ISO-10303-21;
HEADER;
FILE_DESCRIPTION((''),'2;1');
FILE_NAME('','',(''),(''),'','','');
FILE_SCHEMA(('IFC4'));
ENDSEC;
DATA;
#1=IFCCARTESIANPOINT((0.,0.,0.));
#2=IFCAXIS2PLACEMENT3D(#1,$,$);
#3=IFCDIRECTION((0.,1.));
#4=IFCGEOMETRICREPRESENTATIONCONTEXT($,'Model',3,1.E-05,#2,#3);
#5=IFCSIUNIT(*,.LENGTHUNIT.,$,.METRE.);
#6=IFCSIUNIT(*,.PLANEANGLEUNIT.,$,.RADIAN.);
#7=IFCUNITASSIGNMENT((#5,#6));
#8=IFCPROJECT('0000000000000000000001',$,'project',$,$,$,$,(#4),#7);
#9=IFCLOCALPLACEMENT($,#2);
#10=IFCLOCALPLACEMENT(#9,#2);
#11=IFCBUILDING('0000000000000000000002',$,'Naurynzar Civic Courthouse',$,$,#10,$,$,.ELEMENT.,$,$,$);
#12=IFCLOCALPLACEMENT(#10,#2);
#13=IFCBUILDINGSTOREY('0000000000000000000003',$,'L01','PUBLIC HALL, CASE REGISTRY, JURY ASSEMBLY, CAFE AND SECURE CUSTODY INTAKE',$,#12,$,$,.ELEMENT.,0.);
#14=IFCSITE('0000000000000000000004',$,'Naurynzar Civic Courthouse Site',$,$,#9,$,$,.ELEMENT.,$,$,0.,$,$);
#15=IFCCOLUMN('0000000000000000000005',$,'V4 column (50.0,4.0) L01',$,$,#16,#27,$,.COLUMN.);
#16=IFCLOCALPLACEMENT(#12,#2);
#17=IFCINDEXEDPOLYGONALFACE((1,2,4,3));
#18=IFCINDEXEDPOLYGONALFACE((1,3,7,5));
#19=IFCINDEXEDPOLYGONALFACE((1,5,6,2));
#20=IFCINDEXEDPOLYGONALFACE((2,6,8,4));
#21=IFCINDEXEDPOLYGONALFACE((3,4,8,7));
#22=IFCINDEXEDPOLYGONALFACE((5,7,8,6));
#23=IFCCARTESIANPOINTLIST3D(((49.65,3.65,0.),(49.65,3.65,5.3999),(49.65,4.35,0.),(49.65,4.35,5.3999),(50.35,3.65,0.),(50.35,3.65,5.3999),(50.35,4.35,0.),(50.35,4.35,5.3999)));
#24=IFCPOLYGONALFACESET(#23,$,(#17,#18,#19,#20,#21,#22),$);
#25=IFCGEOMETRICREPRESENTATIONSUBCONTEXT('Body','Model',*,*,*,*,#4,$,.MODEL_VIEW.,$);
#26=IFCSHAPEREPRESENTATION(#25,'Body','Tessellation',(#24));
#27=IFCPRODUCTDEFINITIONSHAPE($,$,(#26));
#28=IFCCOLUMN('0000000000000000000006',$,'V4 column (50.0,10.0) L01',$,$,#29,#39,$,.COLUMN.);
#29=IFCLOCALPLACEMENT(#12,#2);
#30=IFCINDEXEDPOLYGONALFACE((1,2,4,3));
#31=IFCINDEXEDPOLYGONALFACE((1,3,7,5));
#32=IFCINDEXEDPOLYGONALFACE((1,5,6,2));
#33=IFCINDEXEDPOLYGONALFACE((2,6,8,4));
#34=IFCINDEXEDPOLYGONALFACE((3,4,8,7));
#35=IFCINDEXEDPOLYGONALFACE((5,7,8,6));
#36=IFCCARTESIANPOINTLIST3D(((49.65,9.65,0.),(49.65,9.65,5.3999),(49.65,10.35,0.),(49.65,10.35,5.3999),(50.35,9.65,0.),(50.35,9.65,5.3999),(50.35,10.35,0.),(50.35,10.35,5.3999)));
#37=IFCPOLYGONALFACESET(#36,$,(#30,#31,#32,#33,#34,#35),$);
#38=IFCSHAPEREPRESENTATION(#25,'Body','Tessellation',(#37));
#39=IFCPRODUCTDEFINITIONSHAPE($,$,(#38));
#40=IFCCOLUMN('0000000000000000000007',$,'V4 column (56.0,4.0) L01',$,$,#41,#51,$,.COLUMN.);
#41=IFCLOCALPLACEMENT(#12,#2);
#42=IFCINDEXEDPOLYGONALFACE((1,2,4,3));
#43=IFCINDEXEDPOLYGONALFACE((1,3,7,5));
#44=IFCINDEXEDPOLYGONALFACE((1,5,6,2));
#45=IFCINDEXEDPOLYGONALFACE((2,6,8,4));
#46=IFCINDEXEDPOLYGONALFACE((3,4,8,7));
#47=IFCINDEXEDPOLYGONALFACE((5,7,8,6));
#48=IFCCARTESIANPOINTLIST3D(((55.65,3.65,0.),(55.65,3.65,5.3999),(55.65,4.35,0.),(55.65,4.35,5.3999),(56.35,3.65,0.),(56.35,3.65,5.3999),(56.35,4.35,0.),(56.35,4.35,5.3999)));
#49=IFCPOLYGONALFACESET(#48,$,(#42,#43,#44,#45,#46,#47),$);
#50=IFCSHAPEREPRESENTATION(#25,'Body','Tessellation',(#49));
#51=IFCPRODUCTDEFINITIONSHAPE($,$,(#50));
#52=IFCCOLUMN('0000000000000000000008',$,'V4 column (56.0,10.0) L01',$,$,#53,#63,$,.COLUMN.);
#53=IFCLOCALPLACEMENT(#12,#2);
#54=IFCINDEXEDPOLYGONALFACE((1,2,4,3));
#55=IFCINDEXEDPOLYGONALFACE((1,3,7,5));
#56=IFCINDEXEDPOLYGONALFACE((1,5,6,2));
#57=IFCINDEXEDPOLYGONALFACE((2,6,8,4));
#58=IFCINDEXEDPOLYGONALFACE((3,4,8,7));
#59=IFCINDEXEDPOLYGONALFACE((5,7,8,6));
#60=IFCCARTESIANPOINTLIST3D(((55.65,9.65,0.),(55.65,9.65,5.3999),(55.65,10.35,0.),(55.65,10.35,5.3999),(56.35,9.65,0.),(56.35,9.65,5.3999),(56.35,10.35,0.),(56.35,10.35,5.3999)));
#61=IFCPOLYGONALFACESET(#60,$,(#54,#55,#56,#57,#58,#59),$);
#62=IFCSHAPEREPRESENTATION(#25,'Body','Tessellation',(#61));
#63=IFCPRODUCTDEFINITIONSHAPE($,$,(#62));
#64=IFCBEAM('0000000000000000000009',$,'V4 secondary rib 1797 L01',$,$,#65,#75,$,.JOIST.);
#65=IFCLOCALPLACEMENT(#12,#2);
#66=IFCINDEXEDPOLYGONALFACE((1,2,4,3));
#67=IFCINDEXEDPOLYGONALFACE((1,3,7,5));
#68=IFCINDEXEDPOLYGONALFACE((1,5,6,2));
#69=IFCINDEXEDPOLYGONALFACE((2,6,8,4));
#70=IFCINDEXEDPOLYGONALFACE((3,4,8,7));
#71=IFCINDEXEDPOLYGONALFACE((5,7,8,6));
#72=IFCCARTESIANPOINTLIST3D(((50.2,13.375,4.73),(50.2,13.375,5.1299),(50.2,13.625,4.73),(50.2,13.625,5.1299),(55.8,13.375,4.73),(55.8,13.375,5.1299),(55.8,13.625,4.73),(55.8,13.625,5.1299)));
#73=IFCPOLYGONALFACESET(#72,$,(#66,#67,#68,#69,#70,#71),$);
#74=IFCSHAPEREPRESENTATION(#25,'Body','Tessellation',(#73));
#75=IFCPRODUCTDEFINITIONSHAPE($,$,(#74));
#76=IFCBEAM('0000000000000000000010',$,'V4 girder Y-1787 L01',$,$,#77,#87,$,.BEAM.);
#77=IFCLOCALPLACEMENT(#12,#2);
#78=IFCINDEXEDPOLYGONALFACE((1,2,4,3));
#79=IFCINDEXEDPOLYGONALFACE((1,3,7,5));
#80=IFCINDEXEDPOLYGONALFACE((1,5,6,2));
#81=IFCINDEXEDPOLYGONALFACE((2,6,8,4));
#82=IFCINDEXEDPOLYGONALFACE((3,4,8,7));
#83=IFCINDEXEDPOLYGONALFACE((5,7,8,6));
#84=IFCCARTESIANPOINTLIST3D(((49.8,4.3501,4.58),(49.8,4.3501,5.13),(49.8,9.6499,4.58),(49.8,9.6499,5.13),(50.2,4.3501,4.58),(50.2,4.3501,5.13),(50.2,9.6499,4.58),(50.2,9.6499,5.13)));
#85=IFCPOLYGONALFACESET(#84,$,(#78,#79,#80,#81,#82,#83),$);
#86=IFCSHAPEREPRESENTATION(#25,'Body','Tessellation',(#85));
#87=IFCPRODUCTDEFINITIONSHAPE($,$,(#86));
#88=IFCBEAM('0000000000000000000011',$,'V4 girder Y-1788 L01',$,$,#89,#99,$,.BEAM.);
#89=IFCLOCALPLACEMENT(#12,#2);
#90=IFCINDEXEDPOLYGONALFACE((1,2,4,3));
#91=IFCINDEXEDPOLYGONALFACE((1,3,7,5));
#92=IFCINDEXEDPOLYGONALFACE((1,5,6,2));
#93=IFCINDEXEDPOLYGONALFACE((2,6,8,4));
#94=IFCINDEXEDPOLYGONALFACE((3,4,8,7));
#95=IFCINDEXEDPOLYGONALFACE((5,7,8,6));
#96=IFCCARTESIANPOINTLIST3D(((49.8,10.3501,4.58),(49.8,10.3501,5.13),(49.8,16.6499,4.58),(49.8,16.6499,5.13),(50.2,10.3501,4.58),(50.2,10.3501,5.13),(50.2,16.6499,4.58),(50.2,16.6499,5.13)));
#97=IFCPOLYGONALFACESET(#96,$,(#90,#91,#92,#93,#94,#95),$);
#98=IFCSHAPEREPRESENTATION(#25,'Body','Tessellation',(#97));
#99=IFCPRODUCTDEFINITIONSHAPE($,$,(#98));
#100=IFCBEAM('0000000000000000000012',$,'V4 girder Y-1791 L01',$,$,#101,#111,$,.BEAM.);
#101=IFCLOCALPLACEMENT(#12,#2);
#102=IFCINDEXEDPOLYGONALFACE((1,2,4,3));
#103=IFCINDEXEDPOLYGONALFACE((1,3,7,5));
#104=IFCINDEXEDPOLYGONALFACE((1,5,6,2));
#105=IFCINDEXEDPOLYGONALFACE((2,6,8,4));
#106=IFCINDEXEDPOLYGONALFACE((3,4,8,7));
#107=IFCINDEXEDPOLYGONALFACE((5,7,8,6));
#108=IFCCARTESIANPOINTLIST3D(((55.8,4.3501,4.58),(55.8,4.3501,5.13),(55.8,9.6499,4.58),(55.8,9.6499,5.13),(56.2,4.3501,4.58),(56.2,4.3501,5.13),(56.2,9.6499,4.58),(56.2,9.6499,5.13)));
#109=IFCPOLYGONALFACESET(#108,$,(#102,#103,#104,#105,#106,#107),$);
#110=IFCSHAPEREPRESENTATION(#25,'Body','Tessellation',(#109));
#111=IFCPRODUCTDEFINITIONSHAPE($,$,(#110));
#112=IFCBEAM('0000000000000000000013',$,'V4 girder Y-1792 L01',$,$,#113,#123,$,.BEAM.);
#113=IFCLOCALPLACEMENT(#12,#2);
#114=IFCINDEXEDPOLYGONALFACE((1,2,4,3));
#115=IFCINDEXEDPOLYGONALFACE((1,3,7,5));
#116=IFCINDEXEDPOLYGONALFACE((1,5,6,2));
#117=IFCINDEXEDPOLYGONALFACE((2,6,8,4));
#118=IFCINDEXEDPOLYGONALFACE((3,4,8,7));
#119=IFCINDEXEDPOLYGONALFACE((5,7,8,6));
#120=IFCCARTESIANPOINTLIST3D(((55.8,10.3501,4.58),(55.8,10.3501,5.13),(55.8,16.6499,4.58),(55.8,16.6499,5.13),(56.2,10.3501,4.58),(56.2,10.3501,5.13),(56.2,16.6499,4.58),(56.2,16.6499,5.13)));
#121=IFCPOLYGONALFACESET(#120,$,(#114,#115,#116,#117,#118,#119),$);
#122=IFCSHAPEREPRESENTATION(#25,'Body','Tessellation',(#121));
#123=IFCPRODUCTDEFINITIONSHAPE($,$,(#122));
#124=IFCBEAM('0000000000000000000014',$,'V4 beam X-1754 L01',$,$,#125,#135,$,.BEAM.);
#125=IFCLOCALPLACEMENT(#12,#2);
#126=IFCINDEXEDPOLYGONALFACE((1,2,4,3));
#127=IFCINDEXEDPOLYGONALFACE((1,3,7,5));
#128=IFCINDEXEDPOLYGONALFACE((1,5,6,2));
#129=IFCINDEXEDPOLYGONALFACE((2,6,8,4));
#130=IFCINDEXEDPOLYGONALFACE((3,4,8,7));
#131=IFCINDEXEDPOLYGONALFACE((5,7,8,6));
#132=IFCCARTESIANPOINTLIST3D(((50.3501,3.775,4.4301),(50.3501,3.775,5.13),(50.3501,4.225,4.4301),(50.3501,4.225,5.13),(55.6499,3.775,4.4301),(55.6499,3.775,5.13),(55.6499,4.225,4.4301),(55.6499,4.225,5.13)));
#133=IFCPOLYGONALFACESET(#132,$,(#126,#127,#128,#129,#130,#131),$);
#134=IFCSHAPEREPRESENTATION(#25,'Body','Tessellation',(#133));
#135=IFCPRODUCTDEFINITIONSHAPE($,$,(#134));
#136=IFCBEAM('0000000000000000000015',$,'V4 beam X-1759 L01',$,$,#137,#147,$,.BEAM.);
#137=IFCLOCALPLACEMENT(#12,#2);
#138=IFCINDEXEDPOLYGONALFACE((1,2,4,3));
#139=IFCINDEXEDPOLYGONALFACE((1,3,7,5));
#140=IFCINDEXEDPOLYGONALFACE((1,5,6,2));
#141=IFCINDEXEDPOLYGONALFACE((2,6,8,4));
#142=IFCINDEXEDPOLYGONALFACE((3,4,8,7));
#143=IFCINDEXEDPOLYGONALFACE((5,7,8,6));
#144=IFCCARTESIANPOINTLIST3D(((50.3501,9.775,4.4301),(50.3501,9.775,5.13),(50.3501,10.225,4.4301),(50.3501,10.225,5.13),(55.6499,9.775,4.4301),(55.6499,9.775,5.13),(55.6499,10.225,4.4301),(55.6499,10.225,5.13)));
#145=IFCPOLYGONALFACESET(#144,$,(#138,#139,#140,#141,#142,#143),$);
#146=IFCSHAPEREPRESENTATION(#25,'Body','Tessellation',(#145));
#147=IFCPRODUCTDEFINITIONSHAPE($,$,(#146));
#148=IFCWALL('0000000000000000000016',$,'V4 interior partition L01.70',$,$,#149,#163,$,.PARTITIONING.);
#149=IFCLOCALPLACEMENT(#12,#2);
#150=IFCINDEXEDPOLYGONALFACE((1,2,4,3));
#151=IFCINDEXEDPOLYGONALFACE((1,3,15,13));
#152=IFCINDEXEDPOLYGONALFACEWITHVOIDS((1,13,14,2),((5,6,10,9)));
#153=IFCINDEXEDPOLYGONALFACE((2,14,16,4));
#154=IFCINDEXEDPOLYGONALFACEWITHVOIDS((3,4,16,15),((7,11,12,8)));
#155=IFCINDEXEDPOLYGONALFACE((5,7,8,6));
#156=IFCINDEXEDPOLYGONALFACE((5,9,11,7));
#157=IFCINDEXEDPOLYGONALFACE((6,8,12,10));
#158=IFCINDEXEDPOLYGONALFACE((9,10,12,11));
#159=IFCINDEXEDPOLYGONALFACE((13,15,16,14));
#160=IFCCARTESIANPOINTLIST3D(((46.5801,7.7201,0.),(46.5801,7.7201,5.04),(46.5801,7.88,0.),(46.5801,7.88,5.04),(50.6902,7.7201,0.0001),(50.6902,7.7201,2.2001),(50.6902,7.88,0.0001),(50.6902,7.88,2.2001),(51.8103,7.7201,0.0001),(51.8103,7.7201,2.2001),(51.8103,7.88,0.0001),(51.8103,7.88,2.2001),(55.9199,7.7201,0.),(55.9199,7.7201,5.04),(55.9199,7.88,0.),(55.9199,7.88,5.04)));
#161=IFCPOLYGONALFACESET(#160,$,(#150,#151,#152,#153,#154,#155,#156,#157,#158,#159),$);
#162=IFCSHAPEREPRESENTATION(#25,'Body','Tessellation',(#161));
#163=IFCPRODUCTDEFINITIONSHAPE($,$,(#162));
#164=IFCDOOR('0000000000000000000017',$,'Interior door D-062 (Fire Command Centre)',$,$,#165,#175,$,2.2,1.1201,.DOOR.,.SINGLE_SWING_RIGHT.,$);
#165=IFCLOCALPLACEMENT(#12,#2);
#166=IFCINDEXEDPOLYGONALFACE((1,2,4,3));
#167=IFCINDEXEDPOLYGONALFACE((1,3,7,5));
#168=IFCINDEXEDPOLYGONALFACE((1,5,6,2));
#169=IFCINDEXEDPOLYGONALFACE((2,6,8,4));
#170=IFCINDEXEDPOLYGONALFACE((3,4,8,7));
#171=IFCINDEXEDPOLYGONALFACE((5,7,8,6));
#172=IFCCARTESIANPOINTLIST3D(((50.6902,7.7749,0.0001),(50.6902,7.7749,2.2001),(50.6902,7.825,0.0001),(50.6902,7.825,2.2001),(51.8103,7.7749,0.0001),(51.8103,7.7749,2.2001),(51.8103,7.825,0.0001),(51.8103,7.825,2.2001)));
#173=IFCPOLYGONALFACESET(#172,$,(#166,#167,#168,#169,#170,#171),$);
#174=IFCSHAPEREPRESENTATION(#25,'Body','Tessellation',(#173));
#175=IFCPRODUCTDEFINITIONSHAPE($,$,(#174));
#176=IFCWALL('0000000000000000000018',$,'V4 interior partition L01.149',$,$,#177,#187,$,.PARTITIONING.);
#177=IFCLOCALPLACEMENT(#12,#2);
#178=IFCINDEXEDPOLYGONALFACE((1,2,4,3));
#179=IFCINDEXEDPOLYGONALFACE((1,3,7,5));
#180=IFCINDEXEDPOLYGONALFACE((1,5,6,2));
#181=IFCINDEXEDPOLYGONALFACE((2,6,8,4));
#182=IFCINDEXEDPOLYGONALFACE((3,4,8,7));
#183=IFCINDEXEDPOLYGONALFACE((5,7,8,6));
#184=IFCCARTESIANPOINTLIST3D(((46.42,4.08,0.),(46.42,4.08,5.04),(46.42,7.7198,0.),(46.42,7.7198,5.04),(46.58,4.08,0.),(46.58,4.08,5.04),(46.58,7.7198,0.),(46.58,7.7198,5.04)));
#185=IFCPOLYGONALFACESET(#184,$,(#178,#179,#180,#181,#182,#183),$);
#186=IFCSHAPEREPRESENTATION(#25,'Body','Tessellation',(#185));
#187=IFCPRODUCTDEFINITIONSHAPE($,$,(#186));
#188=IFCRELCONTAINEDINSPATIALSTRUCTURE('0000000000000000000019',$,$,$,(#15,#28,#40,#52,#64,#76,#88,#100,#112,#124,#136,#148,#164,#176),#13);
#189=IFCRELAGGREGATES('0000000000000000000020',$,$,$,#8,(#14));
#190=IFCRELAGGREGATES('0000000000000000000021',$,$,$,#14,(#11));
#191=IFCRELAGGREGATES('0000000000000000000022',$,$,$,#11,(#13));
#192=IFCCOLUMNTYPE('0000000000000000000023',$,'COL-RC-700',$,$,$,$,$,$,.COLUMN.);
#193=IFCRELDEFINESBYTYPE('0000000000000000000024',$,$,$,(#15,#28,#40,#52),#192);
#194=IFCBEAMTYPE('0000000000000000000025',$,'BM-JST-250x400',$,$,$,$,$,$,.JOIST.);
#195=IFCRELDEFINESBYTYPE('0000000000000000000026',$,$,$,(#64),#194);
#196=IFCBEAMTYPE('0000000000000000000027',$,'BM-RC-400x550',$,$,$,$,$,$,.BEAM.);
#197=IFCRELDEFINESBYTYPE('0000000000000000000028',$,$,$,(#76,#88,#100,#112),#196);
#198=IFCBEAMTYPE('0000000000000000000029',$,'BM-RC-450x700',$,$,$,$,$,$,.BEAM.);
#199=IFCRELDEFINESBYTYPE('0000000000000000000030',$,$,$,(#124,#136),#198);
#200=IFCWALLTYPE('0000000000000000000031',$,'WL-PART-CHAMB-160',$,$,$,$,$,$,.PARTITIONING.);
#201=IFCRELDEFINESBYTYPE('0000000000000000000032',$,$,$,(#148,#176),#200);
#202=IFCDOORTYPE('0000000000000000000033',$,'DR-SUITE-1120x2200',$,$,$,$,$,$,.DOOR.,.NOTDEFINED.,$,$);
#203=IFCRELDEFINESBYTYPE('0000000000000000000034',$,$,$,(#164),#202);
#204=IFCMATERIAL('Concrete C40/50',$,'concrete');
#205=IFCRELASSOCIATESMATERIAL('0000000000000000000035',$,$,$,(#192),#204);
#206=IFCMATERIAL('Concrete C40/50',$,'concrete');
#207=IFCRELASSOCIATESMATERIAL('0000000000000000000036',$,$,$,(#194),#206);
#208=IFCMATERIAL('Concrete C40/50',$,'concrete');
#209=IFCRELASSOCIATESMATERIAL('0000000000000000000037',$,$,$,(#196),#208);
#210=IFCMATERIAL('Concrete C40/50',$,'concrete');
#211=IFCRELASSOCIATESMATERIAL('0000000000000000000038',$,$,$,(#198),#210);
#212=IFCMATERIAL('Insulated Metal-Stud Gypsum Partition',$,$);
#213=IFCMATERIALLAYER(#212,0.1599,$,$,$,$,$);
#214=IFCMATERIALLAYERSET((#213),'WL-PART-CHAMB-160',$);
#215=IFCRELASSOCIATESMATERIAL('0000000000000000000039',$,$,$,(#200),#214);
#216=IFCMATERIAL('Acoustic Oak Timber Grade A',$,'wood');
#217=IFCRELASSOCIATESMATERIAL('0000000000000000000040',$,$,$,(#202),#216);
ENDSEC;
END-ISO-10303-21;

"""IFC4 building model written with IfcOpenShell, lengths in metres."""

from ifc_helpers import new_model, si_unit, direction, frame, frame_2d, origin, origin_2d, place, context, subcontext, project, spatial, rectangle, extrude, material, layer, layer_set, material_profile, profile_set, type_object, element, fill, save


model = new_model("IFC4")

# Units and contexts
model_context = context("Model", 3, precision=1e-05, world=origin(), true_north=direction((0.0, 1.0)))
body_context = subcontext(model_context, "Body", "Model", "MODEL_VIEW")
ifc_project = project(units=[si_unit("LENGTHUNIT", "METRE"), si_unit("PLANEANGLEUNIT", "RADIAN")], contexts=[model_context])

# Site, building, storey
site_placement = place(None, origin())
site = spatial("IfcSite", under=ifc_project, at=site_placement, Name="Naurynzar Civic Courthouse Site", CompositionType="ELEMENT", RefElevation=0.0)
building_placement = place(site_placement, origin())
building = spatial("IfcBuilding", under=site, at=building_placement, Name="Naurynzar Civic Courthouse", CompositionType="ELEMENT")
storey_placement = place(building_placement, origin())
storey = spatial("IfcBuildingStorey", under=building, at=storey_placement, Name="L01", Description="PUBLIC HALL, CASE REGISTRY, JURY ASSEMBLY, CAFE AND SECURE CUSTODY INTAKE", CompositionType="ELEMENT", Elevation=0.0)

# Columns
ifc_material_1 = material(Name="Concrete C40/50", Category="concrete")
ifc_material_profile_1 = material_profile(ifc_material_1, rectangle(XDim=0.7, YDim=0.7, at=origin_2d()), Name="RC 700x700")
ifc_profile_set_1 = profile_set([ifc_material_profile_1], Name="Concrete C40/50")
column_type = type_object("IfcColumnType", Name="COL-RC-700", PredefinedType="COLUMN", material=ifc_profile_set_1)
for number, where, z_axis, x_axis, name in (
    (1, (50.0, 4.0, 0.0), (0.0, 0.0, 1.0), (1.0, 0.0, 0.0), "V4 column (50.0,4.0) L01"),
    (2, (50.0, 10.0, 0.0), (0.0, 0.0, 1.0), (1.0, 0.0, 0.0), "V4 column (50.0,10.0) L01"),
    (3, (56.0, 4.0, 0.0), (0.0, 0.0, 1.0), (1.0, 0.0, 0.0), "V4 column (56.0,4.0) L01"),
    (4, (56.0, 10.0, 0.0), (0.0, 0.0, 1.0), (1.0, 0.0, 0.0), "V4 column (56.0,10.0) L01"),
):
    element("IfcColumn", number, at=place(storey_placement, frame(where, z_axis=z_axis, x_axis=x_axis)), inside=storey, type_object=column_type, Name=name, PredefinedType="COLUMN", context=body_context, shape_type="SweptSolid", body=[
        extrude(rectangle(XDim=0.7, YDim=0.7, at=origin_2d()), origin(), (0.0, 0.0, 1.0), 5.3999),
    ])

# Beams
ifc_material_2 = material(Name="Concrete C40/50", Category="concrete")
ifc_material_profile_2 = material_profile(ifc_material_2, rectangle(XDim=0.25, YDim=0.3999, at=origin_2d()), Name="RCB 250x400")
ifc_profile_set_2 = profile_set([ifc_material_profile_2], Name="Concrete C40/50")
beam_type_1 = type_object("IfcBeamType", Name="BM-JST-250x400", PredefinedType="JOIST", material=ifc_profile_set_2)
beam_1_placement = place(storey_placement, frame((50.2, 13.5, 4.9299), z_axis=(1.0, 0.0, 0.0), x_axis=(0.0, 1.0, 0.0)))
element("IfcBeam", 5, at=beam_1_placement, inside=storey, type_object=beam_type_1, Name="V4 secondary rib 1797 L01", PredefinedType="JOIST", context=body_context, shape_type="SweptSolid", body=[
    extrude(rectangle(XDim=0.25, YDim=0.3999, at=origin_2d()), origin(), (0.0, 0.0, 1.0), 5.6001),
])
ifc_material_3 = material(Name="Concrete C40/50", Category="concrete")
ifc_material_profile_3 = material_profile(ifc_material_3, rectangle(XDim=0.3999, YDim=0.55, at=origin_2d()), Name="RCB 400x550")
ifc_profile_set_3 = profile_set([ifc_material_profile_3], Name="Concrete C40/50")
beam_type_2 = type_object("IfcBeamType", Name="BM-RC-400x550", PredefinedType="BEAM", material=ifc_profile_set_3)
beam_2_placement = place(storey_placement, frame((50.0, 4.3501, 4.855), z_axis=(0.0, 1.0, 0.0), x_axis=(-1.0, 0.0, 0.0)))
element("IfcBeam", 6, at=beam_2_placement, inside=storey, type_object=beam_type_2, Name="V4 girder Y-1787 L01", PredefinedType="BEAM", context=body_context, shape_type="SweptSolid", body=[
    extrude(rectangle(XDim=0.3999, YDim=0.55, at=origin_2d()), origin(), (0.0, 0.0, 1.0), 5.2998),
])
beam_3_placement = place(storey_placement, frame((50.0, 10.3501, 4.855), z_axis=(0.0, 1.0, 0.0), x_axis=(-1.0, 0.0, 0.0)))
element("IfcBeam", 7, at=beam_3_placement, inside=storey, type_object=beam_type_2, Name="V4 girder Y-1788 L01", PredefinedType="BEAM", context=body_context, shape_type="SweptSolid", body=[
    extrude(rectangle(XDim=0.3999, YDim=0.55, at=origin_2d()), origin(), (0.0, 0.0, 1.0), 6.2998),
])
beam_4_placement = place(storey_placement, frame((56.0, 4.3501, 4.855), z_axis=(0.0, 1.0, 0.0), x_axis=(-1.0, 0.0, 0.0)))
element("IfcBeam", 8, at=beam_4_placement, inside=storey, type_object=beam_type_2, Name="V4 girder Y-1791 L01", PredefinedType="BEAM", context=body_context, shape_type="SweptSolid", body=[
    extrude(rectangle(XDim=0.3999, YDim=0.55, at=origin_2d()), origin(), (0.0, 0.0, 1.0), 5.2998),
])
beam_5_placement = place(storey_placement, frame((56.0, 10.3501, 4.855), z_axis=(0.0, 1.0, 0.0), x_axis=(-1.0, 0.0, 0.0)))
element("IfcBeam", 9, at=beam_5_placement, inside=storey, type_object=beam_type_2, Name="V4 girder Y-1792 L01", PredefinedType="BEAM", context=body_context, shape_type="SweptSolid", body=[
    extrude(rectangle(XDim=0.3999, YDim=0.55, at=origin_2d()), origin(), (0.0, 0.0, 1.0), 6.2998),
])
ifc_material_4 = material(Name="Concrete C40/50", Category="concrete")
ifc_material_profile_4 = material_profile(ifc_material_4, rectangle(XDim=0.45, YDim=0.7, at=origin_2d()), Name="RCB 450x700")
ifc_profile_set_4 = profile_set([ifc_material_profile_4], Name="Concrete C40/50")
beam_type_3 = type_object("IfcBeamType", Name="BM-RC-450x700", PredefinedType="BEAM", material=ifc_profile_set_4)
for number, where, z_axis, x_axis, name in (
    (10, (50.3501, 4.0, 4.78), (1.0, 0.0, 0.0), (0.0, 1.0, 0.0), "V4 beam X-1754 L01"),
    (11, (50.3501, 10.0, 4.78), (1.0, 0.0, 0.0), (0.0, 1.0, 0.0), "V4 beam X-1759 L01"),
):
    element("IfcBeam", number, at=place(storey_placement, frame(where, z_axis=z_axis, x_axis=x_axis)), inside=storey, type_object=beam_type_3, Name=name, PredefinedType="BEAM", context=body_context, shape_type="SweptSolid", body=[
        extrude(rectangle(XDim=0.45, YDim=0.7, at=origin_2d()), origin(), (0.0, 0.0, 1.0), 5.2998),
    ])

# Wall, opening, door
ifc_material_5 = material(Name="Insulated Metal-Stud Gypsum Partition")
ifc_layer_1 = layer(ifc_material_5, 0.1599)
ifc_layer_set_1 = layer_set([ifc_layer_1], Name="WL-PART-CHAMB-160")
wall_type_1 = type_object("IfcWallType", Name="WL-PART-CHAMB-160", PredefinedType="PARTITIONING", material=ifc_layer_set_1)
wall_1_placement = place(storey_placement, frame((46.5801, 7.8, 0.0), z_axis=(0.0, 0.0, 1.0), x_axis=(1.0, 0.0, 0.0)))
wall_1 = element("IfcWall", 12, at=wall_1_placement, inside=storey, type_object=wall_type_1, Name="V4 interior partition L01.70", PredefinedType="PARTITIONING", context=body_context, shape_type="SweptSolid", body=[
    extrude(rectangle(XDim=9.3398, YDim=0.1599, at=frame_2d((4.6699, 0.0))), origin(), (0.0, 0.0, 1.0), 5.04),
])
opening_1_placement = place(wall_1_placement, frame((4.1101, 0.0, 0.0)))
opening_1 = element("IfcOpeningElement", 13, at=opening_1_placement, cuts=wall_1, PredefinedType="OPENING", context=body_context, shape_type="SweptSolid", body=[
    extrude(rectangle(XDim=1.1201, YDim=2.2, at=frame_2d((0.5601, 1.1001))), frame((0.0, 0.0898, 0.0), z_axis=(0.0, -1.0, 0.0), x_axis=(1.0, 0.0, 0.0)), (0.0, 0.0, 1.0), 0.1799),
])
ifc_material_6 = material(Name="Acoustic Oak Timber Grade A", Category="wood")
door_type_1 = type_object("IfcDoorType", Name="DR-SUITE-1120x2200", OperationType="NOTDEFINED", PredefinedType="DOOR", material=ifc_material_6)
door_1_placement = place(opening_1_placement, origin())
door_1 = element("IfcDoor", 14, at=door_1_placement, inside=storey, type_object=door_type_1, Name="Interior door D-062 (Fire Command Centre)", OperationType="SINGLE_SWING_RIGHT", OverallHeight=2.2, OverallWidth=1.1201, PredefinedType="DOOR", context=body_context, shape_type="SweptSolid", body=[
    extrude(rectangle(XDim=1.1201, YDim=2.2, at=frame_2d((0.5601, 1.1001))), frame((0.0, 0.0249, 0.0), z_axis=(0.0, -1.0, 0.0), x_axis=(1.0, 0.0, 0.0)), (0.0, 0.0, 1.0), 0.05),
])
fill(opening_1, door_1)

# Wall
wall_2_placement = place(storey_placement, frame((46.5, 4.0801, 0.0), z_axis=(0.0, 0.0, 1.0), x_axis=(0.0, 1.0, 0.0)))
element("IfcWall", 15, at=wall_2_placement, inside=storey, type_object=wall_type_1, Name="V4 interior partition L01.149", PredefinedType="PARTITIONING", context=body_context, shape_type="SweptSolid", body=[
    extrude(rectangle(XDim=3.6399, YDim=0.1599, at=frame_2d((1.8198, 0.0))), origin(), (0.0, 0.0, 1.0), 5.04),
])

save(model, "model.ifc")
